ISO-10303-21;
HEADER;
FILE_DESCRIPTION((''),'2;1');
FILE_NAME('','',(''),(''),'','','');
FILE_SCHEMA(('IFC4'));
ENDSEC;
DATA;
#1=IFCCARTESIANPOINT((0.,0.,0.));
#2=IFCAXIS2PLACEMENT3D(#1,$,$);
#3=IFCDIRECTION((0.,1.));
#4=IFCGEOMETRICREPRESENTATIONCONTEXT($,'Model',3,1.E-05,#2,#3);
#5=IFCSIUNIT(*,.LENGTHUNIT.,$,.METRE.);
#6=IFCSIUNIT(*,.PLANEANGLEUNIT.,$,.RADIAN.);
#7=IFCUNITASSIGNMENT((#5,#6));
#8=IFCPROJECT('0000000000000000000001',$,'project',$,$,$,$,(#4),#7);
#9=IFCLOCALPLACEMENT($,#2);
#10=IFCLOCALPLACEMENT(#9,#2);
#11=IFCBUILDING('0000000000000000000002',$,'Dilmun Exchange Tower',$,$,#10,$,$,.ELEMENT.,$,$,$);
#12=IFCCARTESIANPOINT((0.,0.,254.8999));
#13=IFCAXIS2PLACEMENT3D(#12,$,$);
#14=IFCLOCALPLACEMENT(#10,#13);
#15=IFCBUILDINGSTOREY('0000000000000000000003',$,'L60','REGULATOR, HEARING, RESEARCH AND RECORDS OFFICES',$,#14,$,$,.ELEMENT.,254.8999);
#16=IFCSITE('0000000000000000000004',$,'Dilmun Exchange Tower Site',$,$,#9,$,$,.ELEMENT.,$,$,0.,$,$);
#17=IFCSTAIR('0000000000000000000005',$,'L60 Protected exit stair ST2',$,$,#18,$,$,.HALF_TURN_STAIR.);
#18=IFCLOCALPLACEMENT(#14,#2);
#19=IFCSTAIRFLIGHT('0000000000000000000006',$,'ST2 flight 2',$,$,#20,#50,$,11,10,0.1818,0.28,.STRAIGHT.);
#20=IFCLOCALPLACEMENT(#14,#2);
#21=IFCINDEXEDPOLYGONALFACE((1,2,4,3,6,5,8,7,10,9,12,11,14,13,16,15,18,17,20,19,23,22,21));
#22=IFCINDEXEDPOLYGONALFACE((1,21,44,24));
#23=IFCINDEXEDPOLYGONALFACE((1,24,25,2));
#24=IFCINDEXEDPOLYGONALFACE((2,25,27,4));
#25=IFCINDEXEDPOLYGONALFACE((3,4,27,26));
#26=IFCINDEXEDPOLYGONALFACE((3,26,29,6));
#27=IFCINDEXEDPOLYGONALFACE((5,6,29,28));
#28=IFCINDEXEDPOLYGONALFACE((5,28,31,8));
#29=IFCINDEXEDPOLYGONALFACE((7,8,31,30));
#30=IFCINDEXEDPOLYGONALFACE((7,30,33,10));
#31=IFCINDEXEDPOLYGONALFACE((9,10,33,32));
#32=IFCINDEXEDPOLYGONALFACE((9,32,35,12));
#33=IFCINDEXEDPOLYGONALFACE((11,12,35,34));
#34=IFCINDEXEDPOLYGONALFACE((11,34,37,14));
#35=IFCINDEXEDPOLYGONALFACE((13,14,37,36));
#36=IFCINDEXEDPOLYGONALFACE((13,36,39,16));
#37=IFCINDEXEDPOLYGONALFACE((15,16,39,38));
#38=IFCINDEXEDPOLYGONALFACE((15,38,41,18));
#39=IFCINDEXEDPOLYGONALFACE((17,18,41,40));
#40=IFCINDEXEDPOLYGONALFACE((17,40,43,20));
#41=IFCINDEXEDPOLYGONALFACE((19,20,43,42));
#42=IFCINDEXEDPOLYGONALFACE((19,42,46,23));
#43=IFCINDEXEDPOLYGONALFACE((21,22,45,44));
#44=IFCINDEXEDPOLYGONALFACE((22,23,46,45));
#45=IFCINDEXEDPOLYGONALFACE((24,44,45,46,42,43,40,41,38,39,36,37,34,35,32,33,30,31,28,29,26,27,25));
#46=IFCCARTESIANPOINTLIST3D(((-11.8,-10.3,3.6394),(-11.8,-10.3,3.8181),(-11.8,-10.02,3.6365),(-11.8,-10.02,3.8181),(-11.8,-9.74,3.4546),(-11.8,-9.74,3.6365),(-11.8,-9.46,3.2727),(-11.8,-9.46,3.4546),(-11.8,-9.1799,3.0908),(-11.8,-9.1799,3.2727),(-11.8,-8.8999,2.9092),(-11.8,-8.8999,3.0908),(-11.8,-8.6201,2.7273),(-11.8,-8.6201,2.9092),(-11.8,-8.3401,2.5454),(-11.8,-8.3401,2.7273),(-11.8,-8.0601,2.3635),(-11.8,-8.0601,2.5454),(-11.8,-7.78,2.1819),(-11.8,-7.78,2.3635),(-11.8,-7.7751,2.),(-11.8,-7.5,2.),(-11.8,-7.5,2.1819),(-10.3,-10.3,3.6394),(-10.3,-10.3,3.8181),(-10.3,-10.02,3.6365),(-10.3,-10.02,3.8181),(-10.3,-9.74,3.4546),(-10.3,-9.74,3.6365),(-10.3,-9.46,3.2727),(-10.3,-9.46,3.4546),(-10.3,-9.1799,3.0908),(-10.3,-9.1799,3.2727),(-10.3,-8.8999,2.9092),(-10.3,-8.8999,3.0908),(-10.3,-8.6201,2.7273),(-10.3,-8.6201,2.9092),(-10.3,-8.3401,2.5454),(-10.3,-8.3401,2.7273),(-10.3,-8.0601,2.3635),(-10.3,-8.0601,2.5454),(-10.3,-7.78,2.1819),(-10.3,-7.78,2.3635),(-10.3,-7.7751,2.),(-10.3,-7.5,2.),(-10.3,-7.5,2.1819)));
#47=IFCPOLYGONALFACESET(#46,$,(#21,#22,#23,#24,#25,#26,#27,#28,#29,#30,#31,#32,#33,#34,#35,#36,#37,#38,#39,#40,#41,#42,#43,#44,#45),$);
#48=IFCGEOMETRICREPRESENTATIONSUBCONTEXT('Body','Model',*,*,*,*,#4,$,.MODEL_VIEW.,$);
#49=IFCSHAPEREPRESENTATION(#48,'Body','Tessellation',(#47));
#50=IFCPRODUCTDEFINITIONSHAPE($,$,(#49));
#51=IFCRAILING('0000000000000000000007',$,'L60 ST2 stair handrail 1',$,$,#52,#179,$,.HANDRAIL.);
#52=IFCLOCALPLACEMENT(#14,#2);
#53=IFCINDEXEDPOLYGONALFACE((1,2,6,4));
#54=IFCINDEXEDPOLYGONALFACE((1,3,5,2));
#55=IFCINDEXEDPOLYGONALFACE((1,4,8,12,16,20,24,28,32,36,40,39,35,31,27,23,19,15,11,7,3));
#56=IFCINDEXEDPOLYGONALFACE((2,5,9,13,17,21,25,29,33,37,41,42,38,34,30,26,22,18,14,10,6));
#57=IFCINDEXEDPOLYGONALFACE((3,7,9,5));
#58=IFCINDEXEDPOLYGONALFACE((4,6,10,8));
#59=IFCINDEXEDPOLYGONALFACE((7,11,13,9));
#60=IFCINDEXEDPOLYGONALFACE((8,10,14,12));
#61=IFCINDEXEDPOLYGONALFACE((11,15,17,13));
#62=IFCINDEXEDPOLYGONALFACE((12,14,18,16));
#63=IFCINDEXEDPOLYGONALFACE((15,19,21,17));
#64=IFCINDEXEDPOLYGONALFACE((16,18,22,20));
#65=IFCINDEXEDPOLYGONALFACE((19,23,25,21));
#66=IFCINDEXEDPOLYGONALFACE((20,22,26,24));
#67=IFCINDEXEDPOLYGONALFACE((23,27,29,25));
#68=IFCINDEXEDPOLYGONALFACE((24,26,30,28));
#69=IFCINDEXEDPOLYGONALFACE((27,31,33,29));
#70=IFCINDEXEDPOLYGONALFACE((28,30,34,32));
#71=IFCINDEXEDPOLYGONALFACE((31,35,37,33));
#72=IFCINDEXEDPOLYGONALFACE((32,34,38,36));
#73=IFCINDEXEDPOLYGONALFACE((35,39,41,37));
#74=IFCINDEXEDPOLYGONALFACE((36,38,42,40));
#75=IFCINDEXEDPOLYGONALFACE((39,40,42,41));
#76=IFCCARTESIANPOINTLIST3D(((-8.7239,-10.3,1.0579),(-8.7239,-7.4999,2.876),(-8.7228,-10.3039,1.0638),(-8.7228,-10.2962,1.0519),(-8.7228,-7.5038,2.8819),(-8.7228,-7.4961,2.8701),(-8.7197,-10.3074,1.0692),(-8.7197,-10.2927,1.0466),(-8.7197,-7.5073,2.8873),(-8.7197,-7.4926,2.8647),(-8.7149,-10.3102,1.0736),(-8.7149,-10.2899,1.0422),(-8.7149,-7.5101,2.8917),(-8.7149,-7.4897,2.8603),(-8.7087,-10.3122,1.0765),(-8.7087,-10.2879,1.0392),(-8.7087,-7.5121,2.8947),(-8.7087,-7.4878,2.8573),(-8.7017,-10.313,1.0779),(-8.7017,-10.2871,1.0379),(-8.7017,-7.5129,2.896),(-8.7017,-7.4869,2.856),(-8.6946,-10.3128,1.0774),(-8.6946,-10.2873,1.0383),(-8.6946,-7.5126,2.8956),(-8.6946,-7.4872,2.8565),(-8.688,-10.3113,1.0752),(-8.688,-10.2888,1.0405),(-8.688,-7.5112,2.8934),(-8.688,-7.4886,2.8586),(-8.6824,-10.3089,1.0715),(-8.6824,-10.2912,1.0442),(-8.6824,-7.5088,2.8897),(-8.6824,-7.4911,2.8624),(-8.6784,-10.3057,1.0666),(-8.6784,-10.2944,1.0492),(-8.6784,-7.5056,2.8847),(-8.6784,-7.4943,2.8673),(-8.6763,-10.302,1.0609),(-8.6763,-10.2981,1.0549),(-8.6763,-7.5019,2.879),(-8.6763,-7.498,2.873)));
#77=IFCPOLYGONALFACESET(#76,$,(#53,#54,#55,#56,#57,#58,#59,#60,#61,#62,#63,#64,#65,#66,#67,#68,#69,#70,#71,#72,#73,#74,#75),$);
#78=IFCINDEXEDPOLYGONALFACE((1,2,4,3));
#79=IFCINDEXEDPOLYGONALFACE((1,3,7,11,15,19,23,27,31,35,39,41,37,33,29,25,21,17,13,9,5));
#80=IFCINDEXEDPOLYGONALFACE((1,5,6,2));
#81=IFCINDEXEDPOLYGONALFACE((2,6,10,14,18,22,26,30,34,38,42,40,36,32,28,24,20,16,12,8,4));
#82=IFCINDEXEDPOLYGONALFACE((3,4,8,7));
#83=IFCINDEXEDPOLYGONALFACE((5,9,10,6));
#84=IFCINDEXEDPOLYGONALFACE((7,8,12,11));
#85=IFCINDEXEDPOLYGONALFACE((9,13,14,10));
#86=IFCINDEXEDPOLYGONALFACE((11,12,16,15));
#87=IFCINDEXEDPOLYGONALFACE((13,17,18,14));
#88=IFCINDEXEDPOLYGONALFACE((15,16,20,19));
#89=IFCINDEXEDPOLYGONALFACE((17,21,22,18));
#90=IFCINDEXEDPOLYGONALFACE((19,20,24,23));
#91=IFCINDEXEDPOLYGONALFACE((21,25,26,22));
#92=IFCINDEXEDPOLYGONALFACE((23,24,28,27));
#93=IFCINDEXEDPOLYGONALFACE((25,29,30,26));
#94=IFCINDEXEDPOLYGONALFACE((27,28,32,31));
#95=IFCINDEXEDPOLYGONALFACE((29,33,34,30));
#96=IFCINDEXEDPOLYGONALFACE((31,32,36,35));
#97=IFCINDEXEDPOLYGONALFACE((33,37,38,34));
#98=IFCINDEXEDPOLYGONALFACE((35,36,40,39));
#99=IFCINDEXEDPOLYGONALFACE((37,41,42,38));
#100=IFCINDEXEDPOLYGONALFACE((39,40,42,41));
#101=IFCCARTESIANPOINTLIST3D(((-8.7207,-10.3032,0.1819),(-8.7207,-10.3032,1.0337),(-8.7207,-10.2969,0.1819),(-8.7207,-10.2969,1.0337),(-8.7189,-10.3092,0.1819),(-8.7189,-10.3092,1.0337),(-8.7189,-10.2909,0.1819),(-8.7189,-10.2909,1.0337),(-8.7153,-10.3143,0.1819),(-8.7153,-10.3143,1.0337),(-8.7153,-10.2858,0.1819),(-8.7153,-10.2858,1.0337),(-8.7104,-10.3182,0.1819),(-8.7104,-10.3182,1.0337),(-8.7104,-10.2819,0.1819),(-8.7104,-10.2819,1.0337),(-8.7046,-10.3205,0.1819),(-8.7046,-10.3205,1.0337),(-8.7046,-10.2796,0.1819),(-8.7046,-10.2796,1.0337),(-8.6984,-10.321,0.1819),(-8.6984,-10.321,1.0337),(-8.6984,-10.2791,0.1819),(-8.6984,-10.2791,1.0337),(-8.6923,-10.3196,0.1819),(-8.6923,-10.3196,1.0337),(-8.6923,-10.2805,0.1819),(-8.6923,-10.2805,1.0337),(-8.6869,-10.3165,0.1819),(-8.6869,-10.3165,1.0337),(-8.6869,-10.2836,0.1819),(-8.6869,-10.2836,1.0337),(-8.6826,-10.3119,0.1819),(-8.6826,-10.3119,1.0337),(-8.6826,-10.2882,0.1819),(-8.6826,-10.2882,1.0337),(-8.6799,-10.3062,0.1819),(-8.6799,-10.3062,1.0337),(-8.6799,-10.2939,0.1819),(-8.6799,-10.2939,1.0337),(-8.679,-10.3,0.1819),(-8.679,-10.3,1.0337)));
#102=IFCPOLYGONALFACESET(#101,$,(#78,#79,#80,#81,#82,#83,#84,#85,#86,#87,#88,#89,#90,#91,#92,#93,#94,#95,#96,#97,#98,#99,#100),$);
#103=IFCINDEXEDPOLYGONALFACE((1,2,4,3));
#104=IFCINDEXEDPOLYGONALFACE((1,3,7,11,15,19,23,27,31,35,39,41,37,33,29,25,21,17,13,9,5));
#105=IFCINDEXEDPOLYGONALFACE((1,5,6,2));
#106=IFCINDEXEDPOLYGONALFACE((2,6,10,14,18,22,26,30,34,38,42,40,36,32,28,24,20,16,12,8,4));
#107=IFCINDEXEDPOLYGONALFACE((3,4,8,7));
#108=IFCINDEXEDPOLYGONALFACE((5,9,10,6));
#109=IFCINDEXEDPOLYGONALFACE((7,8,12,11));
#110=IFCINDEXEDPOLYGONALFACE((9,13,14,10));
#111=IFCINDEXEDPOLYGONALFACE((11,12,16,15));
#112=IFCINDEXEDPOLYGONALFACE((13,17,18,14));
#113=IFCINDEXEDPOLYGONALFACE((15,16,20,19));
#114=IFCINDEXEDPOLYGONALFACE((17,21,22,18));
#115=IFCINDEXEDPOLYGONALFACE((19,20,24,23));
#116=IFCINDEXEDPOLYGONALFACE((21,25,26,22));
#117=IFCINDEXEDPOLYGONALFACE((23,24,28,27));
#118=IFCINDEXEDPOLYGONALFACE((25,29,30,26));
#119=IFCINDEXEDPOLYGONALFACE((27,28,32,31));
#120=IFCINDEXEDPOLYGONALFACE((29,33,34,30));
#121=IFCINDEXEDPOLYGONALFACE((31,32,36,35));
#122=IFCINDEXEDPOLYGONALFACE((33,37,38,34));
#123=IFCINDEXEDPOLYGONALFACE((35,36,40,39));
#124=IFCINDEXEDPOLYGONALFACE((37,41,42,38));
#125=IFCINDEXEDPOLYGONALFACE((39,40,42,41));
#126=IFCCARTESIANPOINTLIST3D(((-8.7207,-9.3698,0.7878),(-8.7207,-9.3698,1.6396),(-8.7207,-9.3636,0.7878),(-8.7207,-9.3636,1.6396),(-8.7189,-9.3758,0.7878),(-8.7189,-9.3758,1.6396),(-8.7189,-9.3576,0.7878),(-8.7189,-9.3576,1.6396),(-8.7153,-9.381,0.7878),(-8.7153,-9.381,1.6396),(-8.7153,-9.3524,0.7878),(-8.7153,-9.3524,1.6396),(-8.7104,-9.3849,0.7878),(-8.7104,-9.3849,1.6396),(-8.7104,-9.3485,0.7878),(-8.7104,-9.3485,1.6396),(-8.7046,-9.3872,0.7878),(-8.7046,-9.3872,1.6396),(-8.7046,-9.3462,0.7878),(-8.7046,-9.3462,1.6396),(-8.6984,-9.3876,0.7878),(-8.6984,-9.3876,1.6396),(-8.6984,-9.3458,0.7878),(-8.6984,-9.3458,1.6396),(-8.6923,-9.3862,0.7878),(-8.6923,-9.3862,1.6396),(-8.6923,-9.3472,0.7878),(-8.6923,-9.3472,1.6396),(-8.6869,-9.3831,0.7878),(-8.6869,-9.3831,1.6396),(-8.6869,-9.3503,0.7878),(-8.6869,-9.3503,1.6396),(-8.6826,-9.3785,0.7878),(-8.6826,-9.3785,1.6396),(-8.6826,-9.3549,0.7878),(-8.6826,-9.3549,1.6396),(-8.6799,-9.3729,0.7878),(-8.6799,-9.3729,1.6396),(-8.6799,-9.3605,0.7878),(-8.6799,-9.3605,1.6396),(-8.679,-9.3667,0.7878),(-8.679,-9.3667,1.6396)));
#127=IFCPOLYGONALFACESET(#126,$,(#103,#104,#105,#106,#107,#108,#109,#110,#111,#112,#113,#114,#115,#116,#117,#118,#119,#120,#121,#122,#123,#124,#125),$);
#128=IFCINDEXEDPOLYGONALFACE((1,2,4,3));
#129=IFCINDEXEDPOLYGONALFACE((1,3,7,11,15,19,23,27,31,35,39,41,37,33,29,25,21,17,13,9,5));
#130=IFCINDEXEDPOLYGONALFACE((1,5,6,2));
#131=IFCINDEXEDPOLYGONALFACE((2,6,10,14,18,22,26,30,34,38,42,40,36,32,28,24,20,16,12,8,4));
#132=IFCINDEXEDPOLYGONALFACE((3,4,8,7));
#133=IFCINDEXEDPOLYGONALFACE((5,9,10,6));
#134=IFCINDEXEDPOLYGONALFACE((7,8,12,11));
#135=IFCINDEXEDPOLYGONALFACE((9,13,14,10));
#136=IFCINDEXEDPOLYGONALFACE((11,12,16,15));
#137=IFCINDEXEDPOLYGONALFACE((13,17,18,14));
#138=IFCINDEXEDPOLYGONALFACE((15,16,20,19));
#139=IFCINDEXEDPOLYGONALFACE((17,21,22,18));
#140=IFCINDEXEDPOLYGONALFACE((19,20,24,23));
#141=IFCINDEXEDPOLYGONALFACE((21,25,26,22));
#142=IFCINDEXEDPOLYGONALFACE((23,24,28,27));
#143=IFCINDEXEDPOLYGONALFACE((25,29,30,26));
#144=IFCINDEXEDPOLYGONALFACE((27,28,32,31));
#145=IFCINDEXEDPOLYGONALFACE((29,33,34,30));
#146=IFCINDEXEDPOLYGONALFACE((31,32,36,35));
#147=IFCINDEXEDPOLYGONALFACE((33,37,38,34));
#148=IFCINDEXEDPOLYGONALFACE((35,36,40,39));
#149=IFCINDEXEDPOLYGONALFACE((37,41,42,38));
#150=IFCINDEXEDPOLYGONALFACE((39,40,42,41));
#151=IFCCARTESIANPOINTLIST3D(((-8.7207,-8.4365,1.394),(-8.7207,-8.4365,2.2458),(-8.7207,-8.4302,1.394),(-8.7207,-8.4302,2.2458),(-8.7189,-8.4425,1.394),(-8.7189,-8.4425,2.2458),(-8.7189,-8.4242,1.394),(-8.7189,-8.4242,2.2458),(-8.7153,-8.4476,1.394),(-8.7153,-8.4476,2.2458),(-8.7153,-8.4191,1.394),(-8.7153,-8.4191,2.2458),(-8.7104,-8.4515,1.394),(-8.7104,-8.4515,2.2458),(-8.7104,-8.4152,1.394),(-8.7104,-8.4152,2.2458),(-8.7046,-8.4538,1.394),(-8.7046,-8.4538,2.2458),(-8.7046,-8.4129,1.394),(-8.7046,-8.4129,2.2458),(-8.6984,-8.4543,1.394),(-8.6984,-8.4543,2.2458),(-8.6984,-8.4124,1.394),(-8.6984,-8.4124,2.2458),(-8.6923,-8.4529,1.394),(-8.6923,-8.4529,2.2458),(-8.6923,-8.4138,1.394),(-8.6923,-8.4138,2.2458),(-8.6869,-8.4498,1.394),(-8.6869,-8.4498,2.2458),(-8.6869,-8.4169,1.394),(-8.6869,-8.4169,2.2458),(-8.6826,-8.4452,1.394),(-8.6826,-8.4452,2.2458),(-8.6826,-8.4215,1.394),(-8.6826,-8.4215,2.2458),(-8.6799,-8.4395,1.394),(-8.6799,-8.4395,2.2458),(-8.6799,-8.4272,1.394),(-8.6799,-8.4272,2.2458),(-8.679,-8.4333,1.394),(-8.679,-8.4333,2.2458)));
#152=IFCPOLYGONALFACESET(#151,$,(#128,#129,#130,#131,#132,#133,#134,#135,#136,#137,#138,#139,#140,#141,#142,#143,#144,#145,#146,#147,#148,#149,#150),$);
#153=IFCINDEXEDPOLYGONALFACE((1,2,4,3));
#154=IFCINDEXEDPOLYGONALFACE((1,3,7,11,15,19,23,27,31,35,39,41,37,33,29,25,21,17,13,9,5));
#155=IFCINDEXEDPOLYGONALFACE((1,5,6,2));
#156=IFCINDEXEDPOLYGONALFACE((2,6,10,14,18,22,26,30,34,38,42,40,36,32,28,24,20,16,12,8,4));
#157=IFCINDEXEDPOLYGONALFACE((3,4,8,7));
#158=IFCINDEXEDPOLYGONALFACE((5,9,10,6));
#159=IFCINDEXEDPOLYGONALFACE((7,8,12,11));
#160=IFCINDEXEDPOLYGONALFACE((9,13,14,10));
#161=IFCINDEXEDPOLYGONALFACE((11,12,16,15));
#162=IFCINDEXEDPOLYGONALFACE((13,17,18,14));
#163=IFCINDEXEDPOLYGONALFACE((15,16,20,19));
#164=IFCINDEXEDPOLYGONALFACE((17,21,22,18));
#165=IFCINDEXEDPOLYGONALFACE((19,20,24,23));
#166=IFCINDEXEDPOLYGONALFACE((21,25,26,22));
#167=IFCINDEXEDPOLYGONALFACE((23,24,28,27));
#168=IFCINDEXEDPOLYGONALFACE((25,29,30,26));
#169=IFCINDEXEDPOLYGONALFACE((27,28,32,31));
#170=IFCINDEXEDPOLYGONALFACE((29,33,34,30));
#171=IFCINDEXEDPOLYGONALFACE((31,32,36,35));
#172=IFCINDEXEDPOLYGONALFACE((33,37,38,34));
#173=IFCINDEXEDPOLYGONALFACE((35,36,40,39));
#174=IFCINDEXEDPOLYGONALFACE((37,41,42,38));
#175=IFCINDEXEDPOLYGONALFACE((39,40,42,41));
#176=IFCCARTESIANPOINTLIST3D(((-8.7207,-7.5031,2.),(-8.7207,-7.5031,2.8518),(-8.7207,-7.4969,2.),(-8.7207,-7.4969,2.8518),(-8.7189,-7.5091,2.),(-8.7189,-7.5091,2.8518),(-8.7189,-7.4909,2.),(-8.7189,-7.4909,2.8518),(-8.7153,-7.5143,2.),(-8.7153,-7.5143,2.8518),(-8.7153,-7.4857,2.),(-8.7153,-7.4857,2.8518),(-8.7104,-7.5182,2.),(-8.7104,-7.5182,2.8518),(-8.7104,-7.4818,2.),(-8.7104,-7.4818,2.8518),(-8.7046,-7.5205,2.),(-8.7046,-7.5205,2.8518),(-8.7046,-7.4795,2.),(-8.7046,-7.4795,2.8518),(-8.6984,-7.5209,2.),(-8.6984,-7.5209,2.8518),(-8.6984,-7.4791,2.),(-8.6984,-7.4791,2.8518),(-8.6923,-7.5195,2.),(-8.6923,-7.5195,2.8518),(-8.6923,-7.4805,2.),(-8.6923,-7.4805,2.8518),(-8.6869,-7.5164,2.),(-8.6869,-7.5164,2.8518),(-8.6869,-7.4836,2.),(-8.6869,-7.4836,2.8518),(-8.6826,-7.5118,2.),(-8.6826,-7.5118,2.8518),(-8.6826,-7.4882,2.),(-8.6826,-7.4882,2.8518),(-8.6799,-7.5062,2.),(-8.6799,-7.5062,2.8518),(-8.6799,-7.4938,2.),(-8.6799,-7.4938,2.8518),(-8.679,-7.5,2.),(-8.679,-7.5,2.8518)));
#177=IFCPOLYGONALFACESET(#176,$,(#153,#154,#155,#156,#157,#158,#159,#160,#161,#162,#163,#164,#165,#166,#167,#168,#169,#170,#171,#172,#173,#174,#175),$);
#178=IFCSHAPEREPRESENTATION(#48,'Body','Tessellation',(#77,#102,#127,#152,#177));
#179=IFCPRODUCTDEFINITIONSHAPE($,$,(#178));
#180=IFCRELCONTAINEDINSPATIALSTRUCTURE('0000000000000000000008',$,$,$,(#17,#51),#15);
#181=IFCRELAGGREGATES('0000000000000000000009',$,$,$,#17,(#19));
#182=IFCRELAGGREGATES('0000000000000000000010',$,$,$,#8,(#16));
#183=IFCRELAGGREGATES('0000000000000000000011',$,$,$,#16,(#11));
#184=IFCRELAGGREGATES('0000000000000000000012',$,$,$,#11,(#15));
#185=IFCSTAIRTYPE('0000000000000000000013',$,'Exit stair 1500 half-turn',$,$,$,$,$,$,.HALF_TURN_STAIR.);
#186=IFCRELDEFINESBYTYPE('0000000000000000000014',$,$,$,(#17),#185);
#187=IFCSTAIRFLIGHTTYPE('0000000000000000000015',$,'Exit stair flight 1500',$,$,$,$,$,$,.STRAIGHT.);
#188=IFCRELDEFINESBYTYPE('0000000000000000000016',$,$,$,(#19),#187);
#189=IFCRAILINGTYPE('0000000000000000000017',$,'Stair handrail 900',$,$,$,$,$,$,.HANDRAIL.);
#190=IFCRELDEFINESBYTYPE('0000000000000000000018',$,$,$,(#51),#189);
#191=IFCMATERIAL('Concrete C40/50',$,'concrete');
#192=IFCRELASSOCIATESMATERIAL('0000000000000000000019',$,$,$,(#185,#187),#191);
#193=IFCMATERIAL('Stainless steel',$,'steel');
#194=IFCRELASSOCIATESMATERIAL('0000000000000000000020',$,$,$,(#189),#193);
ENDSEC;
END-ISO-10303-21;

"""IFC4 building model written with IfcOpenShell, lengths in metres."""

from ifc_helpers import new_model, si_unit, direction, frame, origin, origin_2d, place, context, subcontext, project, spatial, polyline, circle, outline, extrude, material, type_object, element, aggregate, save


model = new_model("IFC4")

# Units and contexts
model_context = context("Model", 3, precision=1e-05, world=origin(), true_north=direction((0.0, 1.0)))
body_context = subcontext(model_context, "Body", "Model", "MODEL_VIEW")
ifc_project = project(units=[si_unit("LENGTHUNIT", "METRE"), si_unit("PLANEANGLEUNIT", "RADIAN")], contexts=[model_context])

# Site, building, storey
site_placement = place(None, origin())
site = spatial("IfcSite", under=ifc_project, at=site_placement, Name="Dilmun Exchange Tower Site", CompositionType="ELEMENT", RefElevation=0.0)
building_placement = place(site_placement, origin())
building = spatial("IfcBuilding", under=site, at=building_placement, Name="Dilmun Exchange Tower", CompositionType="ELEMENT")
storey_placement = place(building_placement, frame((0.0, 0.0, 254.8999)))
storey = spatial("IfcBuildingStorey", under=building, at=storey_placement, Name="L60", Description="REGULATOR, HEARING, RESEARCH AND RECORDS OFFICES", CompositionType="ELEMENT", Elevation=254.8999)

# Shared definitions
ifc_material_1 = material(Name="Concrete C40/50", Category="concrete")

# Stair, stair flight
stair_type = type_object("IfcStairType", Name="Exit stair 1500 half-turn", PredefinedType="HALF_TURN_STAIR", material=ifc_material_1)
stair_placement = place(storey_placement, origin())
stair = element("IfcStair", 1, at=stair_placement, inside=storey, type_object=stair_type, Name="L60 Protected exit stair ST2", PredefinedType="HALF_TURN_STAIR")
stair_flight_type = type_object("IfcStairFlightType", Name="Exit stair flight 1500", PredefinedType="STRAIGHT", material=ifc_material_1)
stair_flight_placement = place(storey_placement, frame((-11.05, -7.5, 2.0), z_axis=(0.0, 0.0, 1.0), x_axis=(0.0, -1.0, 0.0)))
stair_flight = element("IfcStairFlight", 2, at=stair_flight_placement, type_object=stair_flight_type, Name="ST2 flight 2", NumberOfRisers=11, NumberOfTreads=10, PredefinedType="STRAIGHT", RiserHeight=0.1818, TreadLength=0.28, context=body_context, shape_type="SweptSolid", body=[
    extrude(outline(polyline([(0.0, 0.0), (0.0, 0.1819), (0.28, 0.1819), (0.28, 0.3635), (0.5601, 0.3635), (0.5601, 0.5454), (0.8401, 0.5454), (0.8401, 0.7273), (1.1201, 0.7273), (1.1201, 0.9092), (1.3999, 0.9092), (1.3999, 1.0908), (1.6799, 1.0908), (1.6799, 1.2727), (1.96, 1.2727), (1.96, 1.4546), (2.24, 1.4546), (2.24, 1.6365), (2.52, 1.6365), (2.52, 1.8181), (2.8, 1.8181), (2.8, 2.0), (2.8, 1.6394), (0.2751, 0.0), (0.0, 0.0)])), frame((0.0, 0.75, 0.0), z_axis=(0.0, -1.0, 0.0), x_axis=(1.0, 0.0, 0.0)), (0.0, 0.0, 1.0), 1.5),
])
aggregate(stair, [stair_flight])

# Railing
ifc_material_2 = material(Name="Stainless steel", Category="steel")
railing_type = type_object("IfcRailingType", Name="Stair handrail 900", PredefinedType="HANDRAIL", material=ifc_material_2)
railing_1_placement = place(storey_placement, frame((-8.7, -10.3, 0.1819)))
element("IfcRailing", 3, at=railing_1_placement, inside=storey, type_object=railing_type, Name="L60 ST2 stair handrail 1", PredefinedType="HANDRAIL", context=body_context, shape_type="SweptSolid", body=[
    extrude(circle(Radius=0.0239, at=origin_2d()), frame((0.0, 0.0, 0.876), z_axis=(0.0, 0.838706, 0.544585), x_axis=(-1.0, 0.0, 0.0)), (0.0, 0.0, 1.0), 3.3386),
    extrude(circle(Radius=0.021, at=origin_2d()), origin(), (0.0, 0.0, 1.0), 0.8518),
    extrude(circle(Radius=0.021, at=origin_2d()), frame((0.0, 0.9333, 0.606)), (0.0, 0.0, 1.0), 0.8518),
    extrude(circle(Radius=0.021, at=origin_2d()), frame((0.0, 1.8667, 1.2122)), (0.0, 0.0, 1.0), 0.8518),
    extrude(circle(Radius=0.021, at=origin_2d()), frame((0.0, 2.8, 1.8181)), (0.0, 0.0, 1.0), 0.8518),
])

save(model, "model.ifc")
